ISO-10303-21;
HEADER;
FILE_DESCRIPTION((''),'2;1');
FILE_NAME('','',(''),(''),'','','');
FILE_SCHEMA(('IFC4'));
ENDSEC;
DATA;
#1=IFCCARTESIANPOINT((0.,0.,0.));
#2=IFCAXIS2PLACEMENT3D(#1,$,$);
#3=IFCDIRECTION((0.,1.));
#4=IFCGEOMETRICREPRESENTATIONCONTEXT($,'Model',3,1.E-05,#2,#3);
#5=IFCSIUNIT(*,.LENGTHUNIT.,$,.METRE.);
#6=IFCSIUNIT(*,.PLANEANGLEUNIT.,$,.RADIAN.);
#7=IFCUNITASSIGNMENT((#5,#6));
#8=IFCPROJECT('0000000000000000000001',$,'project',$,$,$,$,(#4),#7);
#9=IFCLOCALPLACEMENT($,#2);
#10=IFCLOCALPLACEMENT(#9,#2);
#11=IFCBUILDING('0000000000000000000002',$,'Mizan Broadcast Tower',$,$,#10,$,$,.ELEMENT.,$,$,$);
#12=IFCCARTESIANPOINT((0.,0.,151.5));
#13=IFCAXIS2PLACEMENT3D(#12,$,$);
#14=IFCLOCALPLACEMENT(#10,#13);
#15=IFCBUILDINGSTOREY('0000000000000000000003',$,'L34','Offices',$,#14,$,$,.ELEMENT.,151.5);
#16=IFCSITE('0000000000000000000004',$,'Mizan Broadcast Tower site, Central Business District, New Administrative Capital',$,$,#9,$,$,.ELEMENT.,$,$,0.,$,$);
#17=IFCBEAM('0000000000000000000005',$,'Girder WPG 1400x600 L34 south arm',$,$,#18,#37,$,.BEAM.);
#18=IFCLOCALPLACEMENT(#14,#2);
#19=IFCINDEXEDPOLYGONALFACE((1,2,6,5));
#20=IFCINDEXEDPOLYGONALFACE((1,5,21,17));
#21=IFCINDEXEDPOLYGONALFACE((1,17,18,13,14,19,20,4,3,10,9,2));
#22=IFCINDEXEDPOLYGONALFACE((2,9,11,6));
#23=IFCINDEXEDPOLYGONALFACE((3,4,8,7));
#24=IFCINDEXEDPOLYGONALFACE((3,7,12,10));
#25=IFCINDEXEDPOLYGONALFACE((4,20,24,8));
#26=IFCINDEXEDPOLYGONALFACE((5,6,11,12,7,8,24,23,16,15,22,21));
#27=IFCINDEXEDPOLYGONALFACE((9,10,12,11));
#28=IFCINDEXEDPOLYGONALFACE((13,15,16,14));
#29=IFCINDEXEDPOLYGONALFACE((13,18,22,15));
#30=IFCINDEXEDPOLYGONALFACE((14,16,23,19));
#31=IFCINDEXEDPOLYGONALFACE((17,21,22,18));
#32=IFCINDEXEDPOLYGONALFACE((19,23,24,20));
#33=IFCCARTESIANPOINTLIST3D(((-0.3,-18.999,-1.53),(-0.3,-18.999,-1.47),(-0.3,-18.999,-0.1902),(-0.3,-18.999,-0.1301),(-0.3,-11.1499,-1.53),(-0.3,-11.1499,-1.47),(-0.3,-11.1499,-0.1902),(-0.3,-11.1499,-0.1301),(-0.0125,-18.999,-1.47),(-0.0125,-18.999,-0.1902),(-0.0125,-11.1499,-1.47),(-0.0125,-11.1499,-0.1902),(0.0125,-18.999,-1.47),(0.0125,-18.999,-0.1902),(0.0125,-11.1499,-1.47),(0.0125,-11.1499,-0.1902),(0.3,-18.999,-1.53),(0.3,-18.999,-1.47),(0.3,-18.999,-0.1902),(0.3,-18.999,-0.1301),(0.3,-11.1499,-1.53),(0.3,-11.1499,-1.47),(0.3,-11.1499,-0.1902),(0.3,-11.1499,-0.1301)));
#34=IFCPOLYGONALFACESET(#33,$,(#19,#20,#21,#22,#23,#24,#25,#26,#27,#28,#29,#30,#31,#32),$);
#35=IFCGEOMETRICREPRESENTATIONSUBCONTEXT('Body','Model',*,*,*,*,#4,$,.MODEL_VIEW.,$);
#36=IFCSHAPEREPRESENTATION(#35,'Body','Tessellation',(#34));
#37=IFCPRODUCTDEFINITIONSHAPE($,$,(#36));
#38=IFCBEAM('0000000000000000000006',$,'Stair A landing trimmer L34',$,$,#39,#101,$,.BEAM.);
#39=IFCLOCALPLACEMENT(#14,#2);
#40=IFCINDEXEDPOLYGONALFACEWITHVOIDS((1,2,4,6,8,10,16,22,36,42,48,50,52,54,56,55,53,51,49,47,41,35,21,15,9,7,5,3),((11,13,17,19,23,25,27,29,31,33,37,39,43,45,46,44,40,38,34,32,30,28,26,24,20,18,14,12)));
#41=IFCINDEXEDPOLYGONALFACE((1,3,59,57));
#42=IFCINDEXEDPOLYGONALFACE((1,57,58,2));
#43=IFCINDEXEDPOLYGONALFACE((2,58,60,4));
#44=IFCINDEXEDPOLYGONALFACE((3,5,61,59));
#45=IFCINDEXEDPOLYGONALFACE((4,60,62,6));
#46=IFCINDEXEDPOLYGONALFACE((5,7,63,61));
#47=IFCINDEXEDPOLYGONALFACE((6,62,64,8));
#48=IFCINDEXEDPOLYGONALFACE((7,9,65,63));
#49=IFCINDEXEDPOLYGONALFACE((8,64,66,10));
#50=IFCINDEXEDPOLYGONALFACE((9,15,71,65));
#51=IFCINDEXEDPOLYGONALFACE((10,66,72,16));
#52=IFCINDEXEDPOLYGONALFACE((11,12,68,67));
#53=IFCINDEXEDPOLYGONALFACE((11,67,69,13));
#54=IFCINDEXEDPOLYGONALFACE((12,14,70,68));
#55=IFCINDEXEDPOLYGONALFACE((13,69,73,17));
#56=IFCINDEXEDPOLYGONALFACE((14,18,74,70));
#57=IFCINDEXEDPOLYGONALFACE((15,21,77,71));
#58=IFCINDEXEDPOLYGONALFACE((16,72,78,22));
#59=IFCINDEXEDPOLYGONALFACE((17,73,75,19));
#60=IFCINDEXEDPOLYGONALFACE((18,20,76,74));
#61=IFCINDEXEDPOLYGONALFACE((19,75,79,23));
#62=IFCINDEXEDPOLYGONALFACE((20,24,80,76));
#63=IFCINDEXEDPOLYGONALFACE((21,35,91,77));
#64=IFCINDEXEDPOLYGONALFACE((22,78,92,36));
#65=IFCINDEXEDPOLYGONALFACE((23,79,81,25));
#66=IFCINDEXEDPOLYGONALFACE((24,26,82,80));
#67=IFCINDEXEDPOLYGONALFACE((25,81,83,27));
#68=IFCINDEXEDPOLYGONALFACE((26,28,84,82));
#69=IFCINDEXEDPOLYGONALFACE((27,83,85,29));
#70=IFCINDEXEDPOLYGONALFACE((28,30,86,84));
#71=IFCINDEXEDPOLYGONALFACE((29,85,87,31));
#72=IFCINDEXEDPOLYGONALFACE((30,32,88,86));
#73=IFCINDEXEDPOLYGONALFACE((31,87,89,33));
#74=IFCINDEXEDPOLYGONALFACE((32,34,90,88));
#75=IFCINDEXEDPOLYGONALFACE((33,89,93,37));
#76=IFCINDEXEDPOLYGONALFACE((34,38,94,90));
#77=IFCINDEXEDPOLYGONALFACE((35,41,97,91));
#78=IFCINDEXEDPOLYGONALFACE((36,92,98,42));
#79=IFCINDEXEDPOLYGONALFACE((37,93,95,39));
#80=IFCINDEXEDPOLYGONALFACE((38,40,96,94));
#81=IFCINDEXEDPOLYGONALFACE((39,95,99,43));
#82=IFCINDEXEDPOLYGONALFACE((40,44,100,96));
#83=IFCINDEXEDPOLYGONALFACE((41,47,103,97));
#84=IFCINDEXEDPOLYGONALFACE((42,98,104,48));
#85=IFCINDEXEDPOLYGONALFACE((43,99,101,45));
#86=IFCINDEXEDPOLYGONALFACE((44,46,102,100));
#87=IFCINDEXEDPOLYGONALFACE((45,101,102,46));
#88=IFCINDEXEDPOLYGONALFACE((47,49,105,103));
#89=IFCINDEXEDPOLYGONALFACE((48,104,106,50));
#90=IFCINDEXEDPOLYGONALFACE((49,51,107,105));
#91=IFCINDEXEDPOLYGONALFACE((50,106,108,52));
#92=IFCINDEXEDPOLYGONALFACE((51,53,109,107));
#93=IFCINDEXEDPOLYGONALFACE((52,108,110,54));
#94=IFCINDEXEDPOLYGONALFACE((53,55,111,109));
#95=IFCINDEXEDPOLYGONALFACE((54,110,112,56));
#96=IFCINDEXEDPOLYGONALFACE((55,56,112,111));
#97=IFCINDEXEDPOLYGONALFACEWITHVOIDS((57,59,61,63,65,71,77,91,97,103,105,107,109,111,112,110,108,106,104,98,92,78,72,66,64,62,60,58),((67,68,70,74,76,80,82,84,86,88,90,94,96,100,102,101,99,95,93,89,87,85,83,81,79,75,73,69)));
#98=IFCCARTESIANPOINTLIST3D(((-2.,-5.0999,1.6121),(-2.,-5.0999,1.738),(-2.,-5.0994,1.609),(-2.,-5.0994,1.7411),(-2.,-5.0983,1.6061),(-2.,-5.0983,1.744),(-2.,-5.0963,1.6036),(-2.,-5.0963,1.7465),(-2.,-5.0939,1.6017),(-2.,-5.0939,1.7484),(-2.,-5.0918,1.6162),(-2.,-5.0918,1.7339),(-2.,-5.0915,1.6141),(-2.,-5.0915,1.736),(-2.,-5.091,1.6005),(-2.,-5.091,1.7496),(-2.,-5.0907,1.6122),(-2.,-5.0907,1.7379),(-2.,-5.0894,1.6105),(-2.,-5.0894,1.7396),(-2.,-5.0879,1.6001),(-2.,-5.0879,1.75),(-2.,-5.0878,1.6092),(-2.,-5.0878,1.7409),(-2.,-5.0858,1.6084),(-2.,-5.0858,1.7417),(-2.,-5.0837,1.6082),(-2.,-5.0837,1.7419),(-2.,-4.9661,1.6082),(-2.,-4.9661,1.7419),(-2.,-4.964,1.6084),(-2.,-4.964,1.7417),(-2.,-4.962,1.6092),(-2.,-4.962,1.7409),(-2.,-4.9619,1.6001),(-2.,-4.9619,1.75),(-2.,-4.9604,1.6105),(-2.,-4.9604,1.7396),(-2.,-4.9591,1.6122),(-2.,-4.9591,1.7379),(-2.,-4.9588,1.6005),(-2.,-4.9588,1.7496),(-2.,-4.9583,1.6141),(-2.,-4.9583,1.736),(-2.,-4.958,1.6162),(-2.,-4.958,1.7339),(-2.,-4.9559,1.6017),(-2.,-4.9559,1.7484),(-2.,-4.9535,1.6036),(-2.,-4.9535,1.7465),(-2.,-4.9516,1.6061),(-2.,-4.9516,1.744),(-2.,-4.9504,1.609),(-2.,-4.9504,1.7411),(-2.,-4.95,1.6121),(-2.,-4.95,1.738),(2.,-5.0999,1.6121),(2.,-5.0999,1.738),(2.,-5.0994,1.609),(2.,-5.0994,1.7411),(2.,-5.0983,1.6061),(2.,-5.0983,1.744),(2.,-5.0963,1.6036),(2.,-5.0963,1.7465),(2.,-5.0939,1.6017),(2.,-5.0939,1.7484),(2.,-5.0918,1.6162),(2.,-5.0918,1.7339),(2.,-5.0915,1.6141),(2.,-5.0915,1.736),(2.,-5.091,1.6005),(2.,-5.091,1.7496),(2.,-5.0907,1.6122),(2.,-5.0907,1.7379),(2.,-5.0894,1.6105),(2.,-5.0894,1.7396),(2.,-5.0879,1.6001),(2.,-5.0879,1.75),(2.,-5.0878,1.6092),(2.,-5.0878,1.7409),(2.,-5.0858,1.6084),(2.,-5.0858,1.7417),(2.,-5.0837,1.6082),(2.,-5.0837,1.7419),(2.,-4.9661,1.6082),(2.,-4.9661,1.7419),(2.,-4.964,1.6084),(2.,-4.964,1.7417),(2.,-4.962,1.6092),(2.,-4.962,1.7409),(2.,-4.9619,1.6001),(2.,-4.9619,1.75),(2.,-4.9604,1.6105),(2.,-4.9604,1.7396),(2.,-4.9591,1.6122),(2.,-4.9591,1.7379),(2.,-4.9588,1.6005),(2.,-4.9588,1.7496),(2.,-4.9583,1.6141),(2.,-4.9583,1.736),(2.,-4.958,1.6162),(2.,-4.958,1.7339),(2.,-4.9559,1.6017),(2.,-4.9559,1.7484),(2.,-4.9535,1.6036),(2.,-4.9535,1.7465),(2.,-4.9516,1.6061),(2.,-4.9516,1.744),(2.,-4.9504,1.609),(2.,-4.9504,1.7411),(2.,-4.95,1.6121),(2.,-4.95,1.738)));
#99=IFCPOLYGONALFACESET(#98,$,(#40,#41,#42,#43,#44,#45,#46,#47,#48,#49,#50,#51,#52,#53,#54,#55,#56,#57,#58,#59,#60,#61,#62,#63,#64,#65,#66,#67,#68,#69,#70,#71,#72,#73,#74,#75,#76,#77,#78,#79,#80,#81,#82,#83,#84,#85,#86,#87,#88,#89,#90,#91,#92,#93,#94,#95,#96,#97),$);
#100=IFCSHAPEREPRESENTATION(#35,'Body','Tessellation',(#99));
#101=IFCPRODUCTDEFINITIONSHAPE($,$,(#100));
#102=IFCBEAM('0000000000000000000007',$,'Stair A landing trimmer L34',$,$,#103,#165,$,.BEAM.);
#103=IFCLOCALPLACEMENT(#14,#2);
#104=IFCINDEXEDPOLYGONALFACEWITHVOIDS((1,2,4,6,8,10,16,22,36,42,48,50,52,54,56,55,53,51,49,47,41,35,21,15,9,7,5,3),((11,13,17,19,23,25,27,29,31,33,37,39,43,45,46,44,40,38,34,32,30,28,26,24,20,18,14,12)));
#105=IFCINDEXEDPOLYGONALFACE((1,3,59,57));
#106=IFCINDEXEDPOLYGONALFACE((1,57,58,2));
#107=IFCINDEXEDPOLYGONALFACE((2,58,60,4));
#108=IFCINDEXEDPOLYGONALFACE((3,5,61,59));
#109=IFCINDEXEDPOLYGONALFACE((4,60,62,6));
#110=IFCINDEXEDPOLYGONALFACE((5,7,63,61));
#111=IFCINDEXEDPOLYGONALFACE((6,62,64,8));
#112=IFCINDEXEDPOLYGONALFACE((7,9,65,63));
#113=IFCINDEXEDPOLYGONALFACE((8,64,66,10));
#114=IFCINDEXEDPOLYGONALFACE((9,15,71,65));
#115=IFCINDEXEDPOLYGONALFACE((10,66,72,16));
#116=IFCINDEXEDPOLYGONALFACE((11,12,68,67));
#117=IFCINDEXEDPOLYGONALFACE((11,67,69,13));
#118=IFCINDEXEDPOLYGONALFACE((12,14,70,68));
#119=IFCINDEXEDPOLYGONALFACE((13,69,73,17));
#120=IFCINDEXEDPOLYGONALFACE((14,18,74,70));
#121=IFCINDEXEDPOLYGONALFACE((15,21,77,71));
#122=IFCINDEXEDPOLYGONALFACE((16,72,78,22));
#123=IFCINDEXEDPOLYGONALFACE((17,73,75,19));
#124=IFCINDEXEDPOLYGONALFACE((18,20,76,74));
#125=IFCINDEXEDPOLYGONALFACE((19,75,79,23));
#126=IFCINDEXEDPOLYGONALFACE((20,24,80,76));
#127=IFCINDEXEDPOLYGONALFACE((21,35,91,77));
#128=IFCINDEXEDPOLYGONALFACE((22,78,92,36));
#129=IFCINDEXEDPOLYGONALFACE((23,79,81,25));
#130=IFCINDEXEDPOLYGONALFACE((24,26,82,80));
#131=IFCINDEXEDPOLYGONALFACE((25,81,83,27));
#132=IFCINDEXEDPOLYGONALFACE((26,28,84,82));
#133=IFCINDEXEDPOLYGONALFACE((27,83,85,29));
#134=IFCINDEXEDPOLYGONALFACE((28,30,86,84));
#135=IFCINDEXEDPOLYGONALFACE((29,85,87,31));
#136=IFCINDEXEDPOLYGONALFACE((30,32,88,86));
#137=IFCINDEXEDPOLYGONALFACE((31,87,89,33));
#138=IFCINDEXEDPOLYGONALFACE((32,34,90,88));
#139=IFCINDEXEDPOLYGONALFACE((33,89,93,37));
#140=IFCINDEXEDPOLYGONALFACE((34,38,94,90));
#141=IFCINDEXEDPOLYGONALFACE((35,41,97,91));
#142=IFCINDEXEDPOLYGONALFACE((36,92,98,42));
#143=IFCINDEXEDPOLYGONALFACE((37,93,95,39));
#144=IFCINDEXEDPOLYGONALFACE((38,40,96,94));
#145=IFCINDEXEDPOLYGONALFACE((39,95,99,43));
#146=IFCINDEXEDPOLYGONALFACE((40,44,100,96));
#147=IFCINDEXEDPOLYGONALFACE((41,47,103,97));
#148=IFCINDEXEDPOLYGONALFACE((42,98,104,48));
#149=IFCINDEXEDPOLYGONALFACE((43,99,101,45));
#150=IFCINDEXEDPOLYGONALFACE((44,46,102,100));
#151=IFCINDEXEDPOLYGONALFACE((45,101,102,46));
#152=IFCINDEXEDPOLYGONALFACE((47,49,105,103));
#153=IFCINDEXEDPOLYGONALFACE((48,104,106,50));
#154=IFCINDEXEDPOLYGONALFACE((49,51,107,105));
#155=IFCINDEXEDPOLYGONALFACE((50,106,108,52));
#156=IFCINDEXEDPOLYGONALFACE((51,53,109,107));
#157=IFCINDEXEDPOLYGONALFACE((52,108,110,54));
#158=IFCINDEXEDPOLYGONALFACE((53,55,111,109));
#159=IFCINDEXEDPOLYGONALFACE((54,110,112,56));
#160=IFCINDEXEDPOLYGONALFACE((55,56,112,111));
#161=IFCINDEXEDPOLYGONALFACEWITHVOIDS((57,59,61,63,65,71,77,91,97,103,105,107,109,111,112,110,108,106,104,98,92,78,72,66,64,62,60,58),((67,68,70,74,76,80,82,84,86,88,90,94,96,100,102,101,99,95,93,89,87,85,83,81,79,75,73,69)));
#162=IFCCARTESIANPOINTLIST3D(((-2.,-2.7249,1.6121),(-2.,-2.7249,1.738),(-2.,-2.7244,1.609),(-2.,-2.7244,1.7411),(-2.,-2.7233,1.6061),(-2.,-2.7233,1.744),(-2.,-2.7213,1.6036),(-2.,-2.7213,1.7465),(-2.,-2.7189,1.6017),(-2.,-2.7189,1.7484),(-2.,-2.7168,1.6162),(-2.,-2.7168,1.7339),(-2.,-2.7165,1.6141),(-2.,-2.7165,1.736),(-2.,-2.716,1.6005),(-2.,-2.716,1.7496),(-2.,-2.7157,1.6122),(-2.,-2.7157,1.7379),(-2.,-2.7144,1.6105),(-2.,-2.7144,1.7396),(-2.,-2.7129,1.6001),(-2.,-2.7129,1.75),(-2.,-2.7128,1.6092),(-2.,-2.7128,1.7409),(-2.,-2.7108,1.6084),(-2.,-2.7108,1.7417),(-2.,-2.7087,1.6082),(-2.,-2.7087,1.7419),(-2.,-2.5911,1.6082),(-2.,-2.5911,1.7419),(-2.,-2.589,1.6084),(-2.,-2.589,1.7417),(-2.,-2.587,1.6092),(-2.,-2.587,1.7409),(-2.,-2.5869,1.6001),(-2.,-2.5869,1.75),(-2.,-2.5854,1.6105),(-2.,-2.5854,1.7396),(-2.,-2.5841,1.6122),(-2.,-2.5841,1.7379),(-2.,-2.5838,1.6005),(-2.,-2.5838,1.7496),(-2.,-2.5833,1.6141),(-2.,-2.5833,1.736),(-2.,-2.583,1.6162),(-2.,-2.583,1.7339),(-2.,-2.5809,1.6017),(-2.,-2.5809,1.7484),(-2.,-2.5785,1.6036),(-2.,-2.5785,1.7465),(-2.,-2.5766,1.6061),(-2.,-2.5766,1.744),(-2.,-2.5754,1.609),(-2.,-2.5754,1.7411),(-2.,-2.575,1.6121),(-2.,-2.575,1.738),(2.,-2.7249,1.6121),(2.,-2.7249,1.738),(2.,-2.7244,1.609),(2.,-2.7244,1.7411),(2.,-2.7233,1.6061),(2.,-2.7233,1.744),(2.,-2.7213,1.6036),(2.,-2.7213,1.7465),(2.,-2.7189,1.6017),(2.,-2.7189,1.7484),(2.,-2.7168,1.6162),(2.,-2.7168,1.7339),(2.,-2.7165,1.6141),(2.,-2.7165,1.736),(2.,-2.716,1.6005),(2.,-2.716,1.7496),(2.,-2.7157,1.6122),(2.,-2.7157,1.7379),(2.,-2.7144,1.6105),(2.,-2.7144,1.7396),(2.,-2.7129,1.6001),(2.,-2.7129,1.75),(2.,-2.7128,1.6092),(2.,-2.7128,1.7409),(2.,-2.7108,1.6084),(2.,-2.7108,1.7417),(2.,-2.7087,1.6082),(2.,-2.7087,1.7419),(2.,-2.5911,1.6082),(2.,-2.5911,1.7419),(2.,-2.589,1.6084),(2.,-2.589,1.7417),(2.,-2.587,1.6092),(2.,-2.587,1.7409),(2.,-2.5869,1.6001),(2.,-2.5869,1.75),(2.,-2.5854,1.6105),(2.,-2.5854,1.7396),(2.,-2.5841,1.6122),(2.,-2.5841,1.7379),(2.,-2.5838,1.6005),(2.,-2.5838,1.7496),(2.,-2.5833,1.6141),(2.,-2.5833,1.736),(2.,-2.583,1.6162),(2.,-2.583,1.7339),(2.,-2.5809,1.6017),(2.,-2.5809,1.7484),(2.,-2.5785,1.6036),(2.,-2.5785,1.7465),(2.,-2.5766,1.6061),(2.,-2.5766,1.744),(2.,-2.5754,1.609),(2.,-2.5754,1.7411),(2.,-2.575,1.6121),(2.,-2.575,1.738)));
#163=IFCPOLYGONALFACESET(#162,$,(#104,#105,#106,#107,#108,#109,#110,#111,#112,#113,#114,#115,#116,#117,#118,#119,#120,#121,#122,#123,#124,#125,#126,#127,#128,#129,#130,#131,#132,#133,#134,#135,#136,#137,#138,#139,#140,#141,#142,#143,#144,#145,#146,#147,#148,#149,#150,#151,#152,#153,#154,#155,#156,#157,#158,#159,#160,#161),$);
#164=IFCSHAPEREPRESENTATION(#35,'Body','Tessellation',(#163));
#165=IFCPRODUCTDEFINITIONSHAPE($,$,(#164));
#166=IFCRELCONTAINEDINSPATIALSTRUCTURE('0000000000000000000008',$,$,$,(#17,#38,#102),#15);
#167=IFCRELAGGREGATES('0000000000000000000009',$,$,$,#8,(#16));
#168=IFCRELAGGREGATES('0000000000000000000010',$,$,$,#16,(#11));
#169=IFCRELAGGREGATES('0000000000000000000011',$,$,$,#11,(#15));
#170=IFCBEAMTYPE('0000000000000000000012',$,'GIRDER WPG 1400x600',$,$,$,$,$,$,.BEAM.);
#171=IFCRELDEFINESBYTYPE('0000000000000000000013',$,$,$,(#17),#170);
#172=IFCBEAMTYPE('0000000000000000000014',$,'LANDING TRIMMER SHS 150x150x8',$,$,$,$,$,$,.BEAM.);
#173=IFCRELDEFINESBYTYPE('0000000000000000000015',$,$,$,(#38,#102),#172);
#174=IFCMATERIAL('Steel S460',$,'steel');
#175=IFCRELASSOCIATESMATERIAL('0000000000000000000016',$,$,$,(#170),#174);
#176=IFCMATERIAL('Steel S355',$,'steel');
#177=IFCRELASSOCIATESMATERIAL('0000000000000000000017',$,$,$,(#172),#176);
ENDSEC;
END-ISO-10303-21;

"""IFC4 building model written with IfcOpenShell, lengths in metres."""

from ifc_helpers import new_model, si_unit, direction, frame, origin, origin_2d, place, context, subcontext, project, spatial, hollow_rectangle, i_section, extrude, material, material_profile, profile_set, type_object, element, save


model = new_model("IFC4")

# Units and contexts
model_context = context("Model", 3, precision=1e-05, world=origin(), true_north=direction((0.0, 1.0)))
body_context = subcontext(model_context, "Body", "Model", "MODEL_VIEW")
ifc_project = project(units=[si_unit("LENGTHUNIT", "METRE"), si_unit("PLANEANGLEUNIT", "RADIAN")], contexts=[model_context])

# Site, building, storey
site_placement = place(None, origin())
site = spatial("IfcSite", under=ifc_project, at=site_placement, Name="Mizan Broadcast Tower site, Central Business District, New Administrative Capital", CompositionType="ELEMENT", RefElevation=0.0)
building_placement = place(site_placement, origin())
building = spatial("IfcBuilding", under=site, at=building_placement, Name="Mizan Broadcast Tower", CompositionType="ELEMENT")
storey_placement = place(building_placement, frame((0.0, 0.0, 151.5)))
storey = spatial("IfcBuildingStorey", under=building, at=storey_placement, Name="L34", Description="Offices", CompositionType="ELEMENT", Elevation=151.5)

# Beams
ifc_material_1 = material(Name="Steel S460", Category="steel")
ifc_material_profile_1 = material_profile(ifc_material_1, i_section(OverallWidth=0.6001, OverallDepth=1.3999, WebThickness=0.0249, FlangeThickness=0.0601, at=origin_2d()), Name="WPG 1400x600")
ifc_profile_set_1 = profile_set([ifc_material_profile_1], Name="Steel S460")
beam_type_1 = type_object("IfcBeamType", Name="GIRDER WPG 1400x600", PredefinedType="BEAM", material=ifc_profile_set_1)
beam_placement = place(storey_placement, frame((0.0, -11.1499, -0.8301), z_axis=(0.0, -1.0, 0.0), x_axis=(1.0, 0.0, 0.0)))
element("IfcBeam", 1, at=beam_placement, inside=storey, type_object=beam_type_1, Name="Girder WPG 1400x600 L34 south arm", PredefinedType="BEAM", context=body_context, shape_type="SweptSolid", body=[
    extrude(i_section(OverallWidth=0.6001, OverallDepth=1.3999, WebThickness=0.0249, FlangeThickness=0.0601, at=origin_2d()), origin(), (0.0, 0.0, 1.0), 7.8491),
])
ifc_material_2 = material(Name="Steel S355", Category="steel")
ifc_material_profile_2 = material_profile(ifc_material_2, hollow_rectangle(XDim=0.1499, YDim=0.1499, WallThickness=0.0081, InnerFilletRadius=0.0081, OuterFilletRadius=0.012, at=origin_2d()), Name="SHS 150x150x8")
ifc_profile_set_2 = profile_set([ifc_material_profile_2], Name="Steel S355")
beam_type_2 = type_object("IfcBeamType", Name="LANDING TRIMMER SHS 150x150x8", PredefinedType="BEAM", material=ifc_profile_set_2)
for number, where, z_axis, x_axis, name in (
    (2, (-2.0, -5.0249, 1.675), (1.0, 0.0, 0.0), (0.0, 1.0, 0.0), "Stair A landing trimmer L34"),
    (3, (-2.0, -2.6499, 1.675), (1.0, 0.0, 0.0), (0.0, 1.0, 0.0), "Stair A landing trimmer L34"),
):
    element("IfcBeam", number, at=place(storey_placement, frame(where, z_axis=z_axis, x_axis=x_axis)), inside=storey, type_object=beam_type_2, Name=name, PredefinedType="BEAM", context=body_context, shape_type="SweptSolid", body=[
        extrude(hollow_rectangle(XDim=0.1499, YDim=0.1499, WallThickness=0.0081, InnerFilletRadius=0.0081, OuterFilletRadius=0.012, at=origin_2d()), origin(), (0.0, 0.0, 1.0), 4.0),
    ])

save(model, "model.ifc")
